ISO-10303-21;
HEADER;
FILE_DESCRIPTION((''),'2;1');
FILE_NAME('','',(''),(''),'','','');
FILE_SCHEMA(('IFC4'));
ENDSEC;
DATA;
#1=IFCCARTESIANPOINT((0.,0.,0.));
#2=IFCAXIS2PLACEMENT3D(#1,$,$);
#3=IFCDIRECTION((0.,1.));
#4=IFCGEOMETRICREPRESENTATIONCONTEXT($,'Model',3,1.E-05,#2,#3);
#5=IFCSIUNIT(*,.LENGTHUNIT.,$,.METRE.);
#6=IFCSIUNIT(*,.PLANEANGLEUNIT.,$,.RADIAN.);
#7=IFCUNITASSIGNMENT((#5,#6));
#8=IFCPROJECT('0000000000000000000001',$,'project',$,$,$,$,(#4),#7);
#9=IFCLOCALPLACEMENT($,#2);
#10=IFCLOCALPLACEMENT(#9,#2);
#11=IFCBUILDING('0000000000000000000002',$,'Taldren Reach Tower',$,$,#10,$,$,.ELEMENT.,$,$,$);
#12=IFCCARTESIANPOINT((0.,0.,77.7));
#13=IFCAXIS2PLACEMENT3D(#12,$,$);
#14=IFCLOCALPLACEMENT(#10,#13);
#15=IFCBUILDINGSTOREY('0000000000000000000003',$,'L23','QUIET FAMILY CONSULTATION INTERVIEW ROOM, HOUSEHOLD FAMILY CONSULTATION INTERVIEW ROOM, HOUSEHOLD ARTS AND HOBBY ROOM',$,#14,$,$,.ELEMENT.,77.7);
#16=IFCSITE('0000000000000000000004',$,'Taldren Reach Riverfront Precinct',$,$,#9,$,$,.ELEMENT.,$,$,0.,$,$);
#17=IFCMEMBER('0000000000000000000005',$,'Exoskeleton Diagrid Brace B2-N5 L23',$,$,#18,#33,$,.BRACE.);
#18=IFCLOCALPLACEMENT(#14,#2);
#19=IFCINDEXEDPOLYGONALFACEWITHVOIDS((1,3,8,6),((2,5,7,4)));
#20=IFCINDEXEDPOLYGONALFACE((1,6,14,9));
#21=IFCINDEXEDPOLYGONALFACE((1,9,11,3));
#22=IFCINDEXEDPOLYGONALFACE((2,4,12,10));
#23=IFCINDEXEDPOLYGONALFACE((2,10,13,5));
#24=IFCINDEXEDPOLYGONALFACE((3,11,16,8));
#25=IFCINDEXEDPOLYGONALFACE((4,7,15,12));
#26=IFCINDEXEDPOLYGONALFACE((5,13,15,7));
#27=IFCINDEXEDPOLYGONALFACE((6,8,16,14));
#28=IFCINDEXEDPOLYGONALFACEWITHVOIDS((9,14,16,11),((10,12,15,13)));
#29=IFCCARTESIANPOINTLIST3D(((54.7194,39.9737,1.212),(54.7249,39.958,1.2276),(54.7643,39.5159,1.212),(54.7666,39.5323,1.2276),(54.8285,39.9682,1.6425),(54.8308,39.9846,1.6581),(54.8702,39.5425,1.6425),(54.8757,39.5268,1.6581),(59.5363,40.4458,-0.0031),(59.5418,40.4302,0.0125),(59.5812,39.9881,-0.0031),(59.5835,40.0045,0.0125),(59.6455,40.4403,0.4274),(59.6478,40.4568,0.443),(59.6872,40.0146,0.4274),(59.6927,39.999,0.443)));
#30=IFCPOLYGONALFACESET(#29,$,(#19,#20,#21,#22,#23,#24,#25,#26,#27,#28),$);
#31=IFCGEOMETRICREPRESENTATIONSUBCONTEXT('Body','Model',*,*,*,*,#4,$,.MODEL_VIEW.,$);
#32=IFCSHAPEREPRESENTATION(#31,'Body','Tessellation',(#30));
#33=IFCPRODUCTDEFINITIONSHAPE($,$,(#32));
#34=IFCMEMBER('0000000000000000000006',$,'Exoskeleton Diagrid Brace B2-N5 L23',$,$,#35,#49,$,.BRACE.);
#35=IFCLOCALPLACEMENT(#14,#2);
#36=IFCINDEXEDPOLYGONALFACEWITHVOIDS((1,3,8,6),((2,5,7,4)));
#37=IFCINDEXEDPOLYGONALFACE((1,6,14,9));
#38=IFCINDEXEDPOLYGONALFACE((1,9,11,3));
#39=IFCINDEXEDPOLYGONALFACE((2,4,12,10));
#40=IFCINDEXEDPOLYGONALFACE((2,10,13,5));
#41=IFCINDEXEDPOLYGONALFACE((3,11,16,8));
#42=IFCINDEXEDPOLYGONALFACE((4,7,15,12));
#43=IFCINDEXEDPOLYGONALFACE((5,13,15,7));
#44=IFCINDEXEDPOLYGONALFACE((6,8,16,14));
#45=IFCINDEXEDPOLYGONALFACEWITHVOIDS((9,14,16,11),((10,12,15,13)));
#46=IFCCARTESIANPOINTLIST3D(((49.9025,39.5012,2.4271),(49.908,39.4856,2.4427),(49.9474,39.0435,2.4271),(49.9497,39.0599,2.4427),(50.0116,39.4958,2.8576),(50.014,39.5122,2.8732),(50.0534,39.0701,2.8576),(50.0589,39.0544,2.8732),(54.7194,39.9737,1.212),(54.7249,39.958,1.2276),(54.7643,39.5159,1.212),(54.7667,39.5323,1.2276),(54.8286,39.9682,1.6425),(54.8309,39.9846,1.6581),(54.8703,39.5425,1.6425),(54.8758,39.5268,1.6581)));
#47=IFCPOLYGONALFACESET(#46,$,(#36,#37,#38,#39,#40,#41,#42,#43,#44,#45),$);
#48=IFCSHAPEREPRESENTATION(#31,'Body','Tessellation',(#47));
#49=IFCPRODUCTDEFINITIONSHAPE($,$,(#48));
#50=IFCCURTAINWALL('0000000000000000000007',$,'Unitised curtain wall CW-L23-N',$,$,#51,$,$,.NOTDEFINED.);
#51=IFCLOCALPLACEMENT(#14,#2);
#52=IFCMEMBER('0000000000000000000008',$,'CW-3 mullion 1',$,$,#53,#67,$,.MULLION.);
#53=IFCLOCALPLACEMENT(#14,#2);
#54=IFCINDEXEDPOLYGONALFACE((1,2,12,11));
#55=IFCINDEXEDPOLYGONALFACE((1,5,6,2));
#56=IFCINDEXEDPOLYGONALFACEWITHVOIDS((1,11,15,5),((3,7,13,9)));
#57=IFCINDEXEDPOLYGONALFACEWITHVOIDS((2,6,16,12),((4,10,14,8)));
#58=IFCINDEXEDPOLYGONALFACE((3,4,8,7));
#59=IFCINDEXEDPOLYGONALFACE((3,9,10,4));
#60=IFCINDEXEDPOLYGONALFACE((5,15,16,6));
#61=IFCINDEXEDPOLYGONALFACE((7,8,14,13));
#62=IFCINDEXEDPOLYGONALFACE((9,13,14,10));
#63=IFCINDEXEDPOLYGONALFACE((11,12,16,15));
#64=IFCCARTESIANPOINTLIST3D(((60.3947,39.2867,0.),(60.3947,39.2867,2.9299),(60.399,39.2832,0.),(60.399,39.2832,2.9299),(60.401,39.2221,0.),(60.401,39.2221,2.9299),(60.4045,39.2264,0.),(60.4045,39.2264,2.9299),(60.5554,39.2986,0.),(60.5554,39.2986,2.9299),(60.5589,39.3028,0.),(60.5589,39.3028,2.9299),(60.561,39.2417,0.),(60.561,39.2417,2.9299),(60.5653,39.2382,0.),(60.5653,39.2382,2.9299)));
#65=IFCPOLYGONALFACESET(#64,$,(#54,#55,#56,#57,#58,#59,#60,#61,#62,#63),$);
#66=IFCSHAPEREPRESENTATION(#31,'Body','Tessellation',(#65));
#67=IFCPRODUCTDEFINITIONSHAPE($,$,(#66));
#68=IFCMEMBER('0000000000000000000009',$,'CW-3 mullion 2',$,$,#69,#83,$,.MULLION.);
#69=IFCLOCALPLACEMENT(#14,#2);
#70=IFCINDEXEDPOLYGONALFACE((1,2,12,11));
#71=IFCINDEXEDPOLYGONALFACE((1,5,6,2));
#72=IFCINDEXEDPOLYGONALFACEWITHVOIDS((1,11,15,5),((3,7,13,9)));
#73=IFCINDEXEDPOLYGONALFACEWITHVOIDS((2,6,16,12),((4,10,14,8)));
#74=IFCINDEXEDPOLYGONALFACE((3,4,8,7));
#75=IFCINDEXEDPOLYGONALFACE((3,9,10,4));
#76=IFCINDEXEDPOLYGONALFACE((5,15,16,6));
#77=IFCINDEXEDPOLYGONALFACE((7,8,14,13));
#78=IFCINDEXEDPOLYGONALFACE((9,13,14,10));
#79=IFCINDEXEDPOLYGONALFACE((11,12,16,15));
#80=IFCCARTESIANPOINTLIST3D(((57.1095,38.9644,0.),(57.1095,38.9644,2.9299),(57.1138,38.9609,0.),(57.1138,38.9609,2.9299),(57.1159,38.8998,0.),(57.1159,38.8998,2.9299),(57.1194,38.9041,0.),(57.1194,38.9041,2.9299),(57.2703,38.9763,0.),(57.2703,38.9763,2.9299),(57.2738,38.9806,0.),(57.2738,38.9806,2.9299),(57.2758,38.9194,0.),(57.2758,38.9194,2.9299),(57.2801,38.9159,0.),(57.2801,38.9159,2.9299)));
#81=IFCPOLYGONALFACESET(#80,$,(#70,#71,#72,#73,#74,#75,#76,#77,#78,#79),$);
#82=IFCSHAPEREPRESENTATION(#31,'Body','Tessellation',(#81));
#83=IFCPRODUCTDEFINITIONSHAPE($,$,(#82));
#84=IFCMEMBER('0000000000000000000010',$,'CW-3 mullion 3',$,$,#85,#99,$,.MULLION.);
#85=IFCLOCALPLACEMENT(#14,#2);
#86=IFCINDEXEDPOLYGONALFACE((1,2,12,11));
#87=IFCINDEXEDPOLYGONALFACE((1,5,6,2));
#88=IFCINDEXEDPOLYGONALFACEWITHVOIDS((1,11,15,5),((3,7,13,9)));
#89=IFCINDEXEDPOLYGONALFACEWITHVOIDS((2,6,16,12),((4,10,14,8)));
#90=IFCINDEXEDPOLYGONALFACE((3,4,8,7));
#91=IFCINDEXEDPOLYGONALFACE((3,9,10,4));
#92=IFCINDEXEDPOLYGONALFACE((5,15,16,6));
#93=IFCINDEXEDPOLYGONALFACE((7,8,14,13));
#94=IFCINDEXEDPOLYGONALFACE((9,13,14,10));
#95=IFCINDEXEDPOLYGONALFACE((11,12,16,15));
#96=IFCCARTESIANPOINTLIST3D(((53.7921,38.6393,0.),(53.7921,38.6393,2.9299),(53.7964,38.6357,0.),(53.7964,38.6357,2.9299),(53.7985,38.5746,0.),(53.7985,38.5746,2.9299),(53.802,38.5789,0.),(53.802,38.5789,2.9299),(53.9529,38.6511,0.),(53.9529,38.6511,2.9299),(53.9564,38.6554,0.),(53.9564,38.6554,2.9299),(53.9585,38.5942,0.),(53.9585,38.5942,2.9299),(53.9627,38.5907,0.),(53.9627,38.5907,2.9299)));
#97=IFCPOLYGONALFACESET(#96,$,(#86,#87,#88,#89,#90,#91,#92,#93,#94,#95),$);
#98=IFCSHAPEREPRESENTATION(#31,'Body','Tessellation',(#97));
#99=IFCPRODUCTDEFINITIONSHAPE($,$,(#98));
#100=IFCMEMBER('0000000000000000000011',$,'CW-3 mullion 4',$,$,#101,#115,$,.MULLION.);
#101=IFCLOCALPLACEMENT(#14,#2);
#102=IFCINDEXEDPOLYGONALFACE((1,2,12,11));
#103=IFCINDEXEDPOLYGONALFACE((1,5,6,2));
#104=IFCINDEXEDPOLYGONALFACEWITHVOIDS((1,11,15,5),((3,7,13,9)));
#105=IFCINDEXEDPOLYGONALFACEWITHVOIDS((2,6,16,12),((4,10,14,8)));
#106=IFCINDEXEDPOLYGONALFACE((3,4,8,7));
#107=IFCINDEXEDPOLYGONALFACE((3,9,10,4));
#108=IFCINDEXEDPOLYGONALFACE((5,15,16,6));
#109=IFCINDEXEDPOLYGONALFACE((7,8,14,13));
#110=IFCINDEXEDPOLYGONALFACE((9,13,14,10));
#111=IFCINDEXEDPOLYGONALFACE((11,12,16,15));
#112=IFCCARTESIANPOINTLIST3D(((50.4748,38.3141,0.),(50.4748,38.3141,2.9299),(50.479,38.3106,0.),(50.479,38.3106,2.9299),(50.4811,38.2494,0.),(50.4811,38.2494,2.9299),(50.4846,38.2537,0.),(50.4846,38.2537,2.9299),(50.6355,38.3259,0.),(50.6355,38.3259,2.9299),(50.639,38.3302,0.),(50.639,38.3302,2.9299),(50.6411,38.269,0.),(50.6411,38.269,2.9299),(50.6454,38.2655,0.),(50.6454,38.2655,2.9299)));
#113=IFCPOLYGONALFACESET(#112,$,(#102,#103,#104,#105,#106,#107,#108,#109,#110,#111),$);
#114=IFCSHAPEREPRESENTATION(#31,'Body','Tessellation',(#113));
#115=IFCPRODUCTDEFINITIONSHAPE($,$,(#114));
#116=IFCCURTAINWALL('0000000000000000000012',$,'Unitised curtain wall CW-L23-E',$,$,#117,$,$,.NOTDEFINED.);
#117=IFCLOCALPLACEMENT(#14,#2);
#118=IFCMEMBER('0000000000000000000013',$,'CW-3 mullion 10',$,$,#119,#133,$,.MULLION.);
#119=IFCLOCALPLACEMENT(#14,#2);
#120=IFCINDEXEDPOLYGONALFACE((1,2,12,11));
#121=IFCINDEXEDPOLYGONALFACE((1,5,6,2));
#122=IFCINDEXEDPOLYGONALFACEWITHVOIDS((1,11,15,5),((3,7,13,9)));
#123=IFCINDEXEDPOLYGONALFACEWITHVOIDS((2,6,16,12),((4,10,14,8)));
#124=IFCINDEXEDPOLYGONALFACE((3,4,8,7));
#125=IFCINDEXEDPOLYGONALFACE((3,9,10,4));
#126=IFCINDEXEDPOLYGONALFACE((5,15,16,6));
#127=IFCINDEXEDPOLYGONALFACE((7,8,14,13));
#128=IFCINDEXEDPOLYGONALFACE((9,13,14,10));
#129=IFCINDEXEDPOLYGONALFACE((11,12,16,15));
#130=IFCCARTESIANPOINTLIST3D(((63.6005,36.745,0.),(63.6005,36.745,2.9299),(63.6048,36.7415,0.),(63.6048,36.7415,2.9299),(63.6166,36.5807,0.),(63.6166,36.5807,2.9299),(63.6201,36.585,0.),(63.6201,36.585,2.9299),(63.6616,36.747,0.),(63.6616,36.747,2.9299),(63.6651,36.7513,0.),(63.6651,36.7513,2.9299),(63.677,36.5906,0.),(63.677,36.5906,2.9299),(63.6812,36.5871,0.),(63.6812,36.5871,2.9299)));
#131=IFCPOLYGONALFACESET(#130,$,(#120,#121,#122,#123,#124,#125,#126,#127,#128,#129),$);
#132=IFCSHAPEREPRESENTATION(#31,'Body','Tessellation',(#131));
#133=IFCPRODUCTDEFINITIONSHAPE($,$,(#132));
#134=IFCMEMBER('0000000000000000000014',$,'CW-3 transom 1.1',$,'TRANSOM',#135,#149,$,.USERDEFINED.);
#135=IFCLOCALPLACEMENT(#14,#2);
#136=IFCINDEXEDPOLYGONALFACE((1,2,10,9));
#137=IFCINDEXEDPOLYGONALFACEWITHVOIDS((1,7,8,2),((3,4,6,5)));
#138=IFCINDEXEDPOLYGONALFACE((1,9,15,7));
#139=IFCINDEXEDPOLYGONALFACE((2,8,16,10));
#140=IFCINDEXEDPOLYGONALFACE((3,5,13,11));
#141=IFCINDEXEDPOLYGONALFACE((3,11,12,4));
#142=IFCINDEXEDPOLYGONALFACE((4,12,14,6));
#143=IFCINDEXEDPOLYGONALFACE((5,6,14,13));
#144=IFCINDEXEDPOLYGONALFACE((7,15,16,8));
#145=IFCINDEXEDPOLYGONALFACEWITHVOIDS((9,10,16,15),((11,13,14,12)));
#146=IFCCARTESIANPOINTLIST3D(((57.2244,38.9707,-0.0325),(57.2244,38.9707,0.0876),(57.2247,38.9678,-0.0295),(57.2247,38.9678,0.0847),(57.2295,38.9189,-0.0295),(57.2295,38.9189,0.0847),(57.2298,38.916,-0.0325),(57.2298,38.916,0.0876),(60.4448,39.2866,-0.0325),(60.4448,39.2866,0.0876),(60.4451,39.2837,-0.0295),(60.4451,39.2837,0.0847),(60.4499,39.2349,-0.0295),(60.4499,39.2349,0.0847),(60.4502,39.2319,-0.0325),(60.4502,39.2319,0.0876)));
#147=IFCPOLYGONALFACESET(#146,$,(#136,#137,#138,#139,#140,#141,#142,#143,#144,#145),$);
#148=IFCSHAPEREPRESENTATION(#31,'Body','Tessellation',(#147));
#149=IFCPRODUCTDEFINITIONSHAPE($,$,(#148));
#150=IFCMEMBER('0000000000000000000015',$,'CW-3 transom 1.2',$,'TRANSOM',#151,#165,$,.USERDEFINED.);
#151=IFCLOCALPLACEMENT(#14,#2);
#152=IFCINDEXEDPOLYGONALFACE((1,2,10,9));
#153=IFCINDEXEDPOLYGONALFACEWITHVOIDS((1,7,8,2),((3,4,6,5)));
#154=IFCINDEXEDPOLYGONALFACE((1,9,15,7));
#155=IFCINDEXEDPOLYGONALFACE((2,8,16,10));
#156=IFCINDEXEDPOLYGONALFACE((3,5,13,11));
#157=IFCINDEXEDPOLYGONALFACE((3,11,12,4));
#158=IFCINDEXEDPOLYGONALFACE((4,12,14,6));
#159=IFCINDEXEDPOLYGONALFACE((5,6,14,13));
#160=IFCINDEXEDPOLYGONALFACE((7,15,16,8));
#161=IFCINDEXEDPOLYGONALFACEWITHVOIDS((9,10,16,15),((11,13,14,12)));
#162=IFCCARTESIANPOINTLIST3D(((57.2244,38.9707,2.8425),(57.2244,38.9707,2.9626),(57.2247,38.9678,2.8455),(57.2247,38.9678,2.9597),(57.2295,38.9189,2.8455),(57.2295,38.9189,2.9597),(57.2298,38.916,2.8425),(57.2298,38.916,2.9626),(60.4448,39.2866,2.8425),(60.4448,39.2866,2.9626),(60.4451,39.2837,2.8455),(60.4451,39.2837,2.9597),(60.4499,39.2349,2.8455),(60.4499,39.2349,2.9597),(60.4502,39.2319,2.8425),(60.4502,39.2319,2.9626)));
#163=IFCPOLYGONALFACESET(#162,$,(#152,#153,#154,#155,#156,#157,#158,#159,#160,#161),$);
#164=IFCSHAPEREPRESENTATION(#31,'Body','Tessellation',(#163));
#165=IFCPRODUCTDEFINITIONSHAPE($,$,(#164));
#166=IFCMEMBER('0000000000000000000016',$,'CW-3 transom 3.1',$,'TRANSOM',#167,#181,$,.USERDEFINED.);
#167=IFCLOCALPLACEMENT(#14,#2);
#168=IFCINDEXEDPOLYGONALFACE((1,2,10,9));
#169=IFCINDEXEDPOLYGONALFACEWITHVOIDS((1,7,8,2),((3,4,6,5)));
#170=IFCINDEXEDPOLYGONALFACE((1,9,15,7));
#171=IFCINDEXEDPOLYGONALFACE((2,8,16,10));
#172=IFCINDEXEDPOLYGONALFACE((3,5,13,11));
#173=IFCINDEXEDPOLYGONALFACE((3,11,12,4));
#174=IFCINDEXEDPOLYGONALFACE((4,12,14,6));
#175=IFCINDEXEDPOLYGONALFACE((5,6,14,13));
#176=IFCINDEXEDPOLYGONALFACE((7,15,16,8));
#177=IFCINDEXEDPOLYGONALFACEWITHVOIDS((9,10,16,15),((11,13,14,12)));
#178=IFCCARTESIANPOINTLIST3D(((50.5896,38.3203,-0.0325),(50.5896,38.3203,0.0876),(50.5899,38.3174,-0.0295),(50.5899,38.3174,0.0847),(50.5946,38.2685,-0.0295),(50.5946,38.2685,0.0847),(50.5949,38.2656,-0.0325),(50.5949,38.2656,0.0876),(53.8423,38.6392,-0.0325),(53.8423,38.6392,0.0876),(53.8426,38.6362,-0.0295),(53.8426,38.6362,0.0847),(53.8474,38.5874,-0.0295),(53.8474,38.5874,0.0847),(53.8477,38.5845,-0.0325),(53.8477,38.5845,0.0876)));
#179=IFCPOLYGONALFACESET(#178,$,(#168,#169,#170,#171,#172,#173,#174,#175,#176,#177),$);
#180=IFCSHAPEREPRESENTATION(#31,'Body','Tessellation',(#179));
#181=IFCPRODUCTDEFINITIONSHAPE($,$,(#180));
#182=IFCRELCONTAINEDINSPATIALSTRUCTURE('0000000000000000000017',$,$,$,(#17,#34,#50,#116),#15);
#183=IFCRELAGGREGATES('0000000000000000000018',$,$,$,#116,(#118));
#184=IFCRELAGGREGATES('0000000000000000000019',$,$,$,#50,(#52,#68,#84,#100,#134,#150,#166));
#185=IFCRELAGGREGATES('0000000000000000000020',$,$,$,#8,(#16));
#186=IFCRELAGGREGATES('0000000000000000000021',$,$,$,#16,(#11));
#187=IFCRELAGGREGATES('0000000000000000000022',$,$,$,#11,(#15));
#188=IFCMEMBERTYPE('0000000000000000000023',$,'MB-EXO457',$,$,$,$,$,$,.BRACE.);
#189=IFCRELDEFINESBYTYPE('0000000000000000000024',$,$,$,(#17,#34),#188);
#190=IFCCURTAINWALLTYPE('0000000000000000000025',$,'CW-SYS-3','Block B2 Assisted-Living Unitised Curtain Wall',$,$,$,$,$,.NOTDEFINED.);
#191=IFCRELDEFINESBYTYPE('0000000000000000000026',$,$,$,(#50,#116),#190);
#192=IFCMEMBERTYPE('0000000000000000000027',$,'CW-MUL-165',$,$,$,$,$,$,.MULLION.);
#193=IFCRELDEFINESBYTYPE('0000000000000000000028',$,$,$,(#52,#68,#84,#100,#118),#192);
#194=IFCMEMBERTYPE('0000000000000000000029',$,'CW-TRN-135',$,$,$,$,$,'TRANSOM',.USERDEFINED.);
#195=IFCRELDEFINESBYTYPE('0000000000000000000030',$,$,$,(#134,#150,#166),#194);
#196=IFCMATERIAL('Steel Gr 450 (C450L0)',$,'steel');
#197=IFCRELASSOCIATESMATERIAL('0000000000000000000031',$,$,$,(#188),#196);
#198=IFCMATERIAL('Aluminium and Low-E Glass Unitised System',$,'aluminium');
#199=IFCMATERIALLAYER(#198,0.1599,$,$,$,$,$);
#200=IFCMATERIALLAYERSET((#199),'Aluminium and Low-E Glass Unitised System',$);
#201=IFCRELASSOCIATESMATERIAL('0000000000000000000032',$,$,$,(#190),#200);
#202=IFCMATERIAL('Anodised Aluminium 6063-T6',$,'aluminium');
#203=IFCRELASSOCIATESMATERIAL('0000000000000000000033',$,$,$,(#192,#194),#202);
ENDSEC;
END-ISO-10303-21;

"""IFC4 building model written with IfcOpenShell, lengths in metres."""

from ifc_helpers import new_model, si_unit, direction, frame, origin, origin_2d, place, context, subcontext, project, spatial, hollow_rectangle, extrude, source, transform, mapped, material, layer, layer_set, material_profile, profile_set, type_object, element, aggregate, save


model = new_model("IFC4")

# Units and contexts
model_context = context("Model", 3, precision=1e-05, world=origin(), true_north=direction((0.0, 1.0)))
body_context = subcontext(model_context, "Body", "Model", "MODEL_VIEW")
ifc_project = project(units=[si_unit("LENGTHUNIT", "METRE"), si_unit("PLANEANGLEUNIT", "RADIAN")], contexts=[model_context])

# Site, building, storey
site_placement = place(None, origin())
site = spatial("IfcSite", under=ifc_project, at=site_placement, Name="Taldren Reach Riverfront Precinct", CompositionType="ELEMENT", RefElevation=0.0)
building_placement = place(site_placement, origin())
building = spatial("IfcBuilding", under=site, at=building_placement, Name="Taldren Reach Tower", CompositionType="ELEMENT")
storey_placement = place(building_placement, frame((0.0, 0.0, 77.7)))
storey = spatial("IfcBuildingStorey", under=building, at=storey_placement, Name="L23", Description="QUIET FAMILY CONSULTATION INTERVIEW ROOM, HOUSEHOLD FAMILY CONSULTATION INTERVIEW ROOM, HOUSEHOLD ARTS AND HOBBY ROOM", CompositionType="ELEMENT", Elevation=77.7)

# Shared definitions
ifc_material_1 = material(Name="Steel Gr 450 (C450L0)", Category="steel")

# Members
ifc_material_profile_1 = material_profile(ifc_material_1, hollow_rectangle(XDim=0.46, YDim=0.46, WallThickness=0.0161, at=origin_2d()), Name="460x460x16.0SHS")
ifc_profile_set_1 = profile_set([ifc_material_profile_1], Name="Steel Gr 450 (C450L0)")
member_type_1 = type_object("IfcMemberType", Name="MB-EXO457", PredefinedType="BRACE", material=ifc_profile_set_1)
shared_shape_1 = source(origin(), body_context, "Body", "SweptSolid", [
    extrude(hollow_rectangle(XDim=0.46, YDim=0.46, WallThickness=0.0161, at=origin_2d()), origin(), (0.0, 0.0, 1.0), 4.9902),
])
for number, where, z_axis, x_axis, name in (
    (1, (59.6145, 40.2224, 0.22), (-0.965276, -0.09462, 0.243496), (0.097556, -0.99523, 0.0), "Exoskeleton Diagrid Brace B2-N5 L23"),
    (2, (54.7976, 39.7502, 1.4351), (-0.965271, -0.094668, 0.243495), (0.097606, -0.995225, 0.0), "Exoskeleton Diagrid Brace B2-N5 L23"),
):
    element("IfcMember", number, at=place(storey_placement, frame(where, z_axis=z_axis, x_axis=x_axis)), inside=storey, type_object=member_type_1, Name=name, PredefinedType="BRACE", context=body_context, shape_type="MappedRepresentation", body=[
        mapped(shared_shape_1, transform((0.0, 0.0, 0.0), scale=1.0)),
    ])

# Curtain wall, members
ifc_material_2 = material(Name="Aluminium and Low-E Glass Unitised System", Category="aluminium")
ifc_layer_1 = layer(ifc_material_2, 0.1599)
ifc_layer_set_1 = layer_set([ifc_layer_1], Name="Aluminium and Low-E Glass Unitised System")
curtain_wall_type = type_object("IfcCurtainWallType", Name="CW-SYS-3", Description="Block B2 Assisted-Living Unitised Curtain Wall", PredefinedType="NOTDEFINED", material=ifc_layer_set_1)
curtain_wall_1_placement = place(storey_placement, origin())
curtain_wall_1 = element("IfcCurtainWall", 3, at=curtain_wall_1_placement, inside=storey, type_object=curtain_wall_type, Name="Unitised curtain wall CW-L23-N", PredefinedType="NOTDEFINED")
ifc_material_3 = material(Name="Anodised Aluminium 6063-T6", Category="aluminium")
ifc_material_profile_2 = material_profile(ifc_material_3, hollow_rectangle(XDim=0.0649, YDim=0.165, WallThickness=0.0039, at=origin_2d()), Name="ALU-165x65x4RHS")
ifc_profile_set_2 = profile_set([ifc_material_profile_2], Name="Anodised Aluminium 6063-T6")
member_type_2 = type_object("IfcMemberType", Name="CW-MUL-165", PredefinedType="MULLION", material=ifc_profile_set_2)
shared_shape_2 = source(origin(), body_context, "Body", "SweptSolid", [
    extrude(hollow_rectangle(XDim=0.0649, YDim=0.165, WallThickness=0.0039, at=origin_2d()), origin(), (0.0, 0.0, 1.0), 2.9299),
])
member_1_placement = place(storey_placement, frame((60.48, 39.2625, 0.0), z_axis=(0.0, 0.0, 1.0), x_axis=(0.097583, -0.995227, 0.0)))
member_1 = element("IfcMember", 4, at=member_1_placement, type_object=member_type_2, Name="CW-3 mullion 1", PredefinedType="MULLION", context=body_context, shape_type="MappedRepresentation", body=[
    mapped(shared_shape_2, transform((0.0, 0.0, 0.0), scale=1.0)),
])
member_2_placement = place(storey_placement, frame((57.1948, 38.9402, 0.0), z_axis=(0.0, 0.0, 1.0), x_axis=(0.097583, -0.995227, 0.0)))
member_2 = element("IfcMember", 5, at=member_2_placement, type_object=member_type_2, Name="CW-3 mullion 2", PredefinedType="MULLION", context=body_context, shape_type="MappedRepresentation", body=[
    mapped(shared_shape_2, transform((0.0, 0.0, 0.0), scale=1.0)),
])
member_3_placement = place(storey_placement, frame((53.8774, 38.615, 0.0), z_axis=(0.0, 0.0, 1.0), x_axis=(0.097583, -0.995227, 0.0)))
member_3 = element("IfcMember", 6, at=member_3_placement, type_object=member_type_2, Name="CW-3 mullion 3", PredefinedType="MULLION", context=body_context, shape_type="MappedRepresentation", body=[
    mapped(shared_shape_2, transform((0.0, 0.0, 0.0), scale=1.0)),
])
member_4_placement = place(storey_placement, frame((50.5601, 38.2898, 0.0), z_axis=(0.0, 0.0, 1.0), x_axis=(0.097583, -0.995227, 0.0)))
member_4 = element("IfcMember", 7, at=member_4_placement, type_object=member_type_2, Name="CW-3 mullion 4", PredefinedType="MULLION", context=body_context, shape_type="MappedRepresentation", body=[
    mapped(shared_shape_2, transform((0.0, 0.0, 0.0), scale=1.0)),
])

# Curtain wall, member
curtain_wall_2_placement = place(storey_placement, origin())
curtain_wall_2 = element("IfcCurtainWall", 8, at=curtain_wall_2_placement, inside=storey, type_object=curtain_wall_type, Name="Unitised curtain wall CW-L23-E", PredefinedType="NOTDEFINED")
member_5_placement = place(storey_placement, frame((63.6409, 36.666, 0.0), z_axis=(0.0, 0.0, 1.0), x_axis=(-0.995227, -0.097583, 0.0)))
member_5 = element("IfcMember", 9, at=member_5_placement, type_object=member_type_2, Name="CW-3 mullion 10", PredefinedType="MULLION", context=body_context, shape_type="MappedRepresentation", body=[
    mapped(shared_shape_2, transform((0.0, 0.0, 0.0), scale=1.0)),
])
aggregate(curtain_wall_2, [member_5])

# Members
ifc_material_profile_3 = material_profile(ifc_material_3, hollow_rectangle(XDim=0.0549, YDim=0.1201, WallThickness=0.0029, at=origin_2d()), Name="ALU-120x55x3RHS")
ifc_profile_set_3 = profile_set([ifc_material_profile_3], Name="Anodised Aluminium 6063-T6")
member_type_3 = type_object("IfcMemberType", Name="CW-TRN-135", ElementType="TRANSOM", PredefinedType="USERDEFINED", material=ifc_profile_set_3)
shared_shape_3 = source(origin(), body_context, "Body", "SweptSolid", [
    extrude(hollow_rectangle(XDim=0.0549, YDim=0.1201, WallThickness=0.0029, at=origin_2d()), origin(), (0.0, 0.0, 1.0), 3.2358),
])
member_6_placement = place(storey_placement, frame((60.4475, 39.2593, 0.0276), z_axis=(-0.995223, -0.097629, 0.0), x_axis=(0.097629, -0.995223, 0.0)))
member_6 = element("IfcMember", 10, at=member_6_placement, type_object=member_type_3, Name="CW-3 transom 1.1", ObjectType="TRANSOM", PredefinedType="USERDEFINED", context=body_context, shape_type="MappedRepresentation", body=[
    mapped(shared_shape_3, transform((0.0, 0.0, 0.0), scale=1.0)),
])
member_7_placement = place(storey_placement, frame((60.4475, 39.2593, 2.9026), z_axis=(-0.995223, -0.097629, 0.0), x_axis=(0.097629, -0.995223, 0.0)))
member_7 = element("IfcMember", 11, at=member_7_placement, type_object=member_type_3, Name="CW-3 transom 1.2", ObjectType="TRANSOM", PredefinedType="USERDEFINED", context=body_context, shape_type="MappedRepresentation", body=[
    mapped(shared_shape_3, transform((0.0, 0.0, 0.0), scale=1.0)),
])
shared_shape_4 = source(origin(), body_context, "Body", "SweptSolid", [
    extrude(hollow_rectangle(XDim=0.0549, YDim=0.1201, WallThickness=0.0029, at=origin_2d()), origin(), (0.0, 0.0, 1.0), 3.2683),
])
member_8_placement = place(storey_placement, frame((53.845, 38.6118, 0.0276), z_axis=(-0.99523, -0.097558, 0.0), x_axis=(0.097558, -0.99523, 0.0)))
member_8 = element("IfcMember", 12, at=member_8_placement, type_object=member_type_3, Name="CW-3 transom 3.1", ObjectType="TRANSOM", PredefinedType="USERDEFINED", context=body_context, shape_type="MappedRepresentation", body=[
    mapped(shared_shape_4, transform((0.0, 0.0, 0.0), scale=1.0)),
])

aggregate(curtain_wall_1, [member_1, member_2, member_3, member_4, member_6, member_7, member_8])

save(model, "model.ifc")
